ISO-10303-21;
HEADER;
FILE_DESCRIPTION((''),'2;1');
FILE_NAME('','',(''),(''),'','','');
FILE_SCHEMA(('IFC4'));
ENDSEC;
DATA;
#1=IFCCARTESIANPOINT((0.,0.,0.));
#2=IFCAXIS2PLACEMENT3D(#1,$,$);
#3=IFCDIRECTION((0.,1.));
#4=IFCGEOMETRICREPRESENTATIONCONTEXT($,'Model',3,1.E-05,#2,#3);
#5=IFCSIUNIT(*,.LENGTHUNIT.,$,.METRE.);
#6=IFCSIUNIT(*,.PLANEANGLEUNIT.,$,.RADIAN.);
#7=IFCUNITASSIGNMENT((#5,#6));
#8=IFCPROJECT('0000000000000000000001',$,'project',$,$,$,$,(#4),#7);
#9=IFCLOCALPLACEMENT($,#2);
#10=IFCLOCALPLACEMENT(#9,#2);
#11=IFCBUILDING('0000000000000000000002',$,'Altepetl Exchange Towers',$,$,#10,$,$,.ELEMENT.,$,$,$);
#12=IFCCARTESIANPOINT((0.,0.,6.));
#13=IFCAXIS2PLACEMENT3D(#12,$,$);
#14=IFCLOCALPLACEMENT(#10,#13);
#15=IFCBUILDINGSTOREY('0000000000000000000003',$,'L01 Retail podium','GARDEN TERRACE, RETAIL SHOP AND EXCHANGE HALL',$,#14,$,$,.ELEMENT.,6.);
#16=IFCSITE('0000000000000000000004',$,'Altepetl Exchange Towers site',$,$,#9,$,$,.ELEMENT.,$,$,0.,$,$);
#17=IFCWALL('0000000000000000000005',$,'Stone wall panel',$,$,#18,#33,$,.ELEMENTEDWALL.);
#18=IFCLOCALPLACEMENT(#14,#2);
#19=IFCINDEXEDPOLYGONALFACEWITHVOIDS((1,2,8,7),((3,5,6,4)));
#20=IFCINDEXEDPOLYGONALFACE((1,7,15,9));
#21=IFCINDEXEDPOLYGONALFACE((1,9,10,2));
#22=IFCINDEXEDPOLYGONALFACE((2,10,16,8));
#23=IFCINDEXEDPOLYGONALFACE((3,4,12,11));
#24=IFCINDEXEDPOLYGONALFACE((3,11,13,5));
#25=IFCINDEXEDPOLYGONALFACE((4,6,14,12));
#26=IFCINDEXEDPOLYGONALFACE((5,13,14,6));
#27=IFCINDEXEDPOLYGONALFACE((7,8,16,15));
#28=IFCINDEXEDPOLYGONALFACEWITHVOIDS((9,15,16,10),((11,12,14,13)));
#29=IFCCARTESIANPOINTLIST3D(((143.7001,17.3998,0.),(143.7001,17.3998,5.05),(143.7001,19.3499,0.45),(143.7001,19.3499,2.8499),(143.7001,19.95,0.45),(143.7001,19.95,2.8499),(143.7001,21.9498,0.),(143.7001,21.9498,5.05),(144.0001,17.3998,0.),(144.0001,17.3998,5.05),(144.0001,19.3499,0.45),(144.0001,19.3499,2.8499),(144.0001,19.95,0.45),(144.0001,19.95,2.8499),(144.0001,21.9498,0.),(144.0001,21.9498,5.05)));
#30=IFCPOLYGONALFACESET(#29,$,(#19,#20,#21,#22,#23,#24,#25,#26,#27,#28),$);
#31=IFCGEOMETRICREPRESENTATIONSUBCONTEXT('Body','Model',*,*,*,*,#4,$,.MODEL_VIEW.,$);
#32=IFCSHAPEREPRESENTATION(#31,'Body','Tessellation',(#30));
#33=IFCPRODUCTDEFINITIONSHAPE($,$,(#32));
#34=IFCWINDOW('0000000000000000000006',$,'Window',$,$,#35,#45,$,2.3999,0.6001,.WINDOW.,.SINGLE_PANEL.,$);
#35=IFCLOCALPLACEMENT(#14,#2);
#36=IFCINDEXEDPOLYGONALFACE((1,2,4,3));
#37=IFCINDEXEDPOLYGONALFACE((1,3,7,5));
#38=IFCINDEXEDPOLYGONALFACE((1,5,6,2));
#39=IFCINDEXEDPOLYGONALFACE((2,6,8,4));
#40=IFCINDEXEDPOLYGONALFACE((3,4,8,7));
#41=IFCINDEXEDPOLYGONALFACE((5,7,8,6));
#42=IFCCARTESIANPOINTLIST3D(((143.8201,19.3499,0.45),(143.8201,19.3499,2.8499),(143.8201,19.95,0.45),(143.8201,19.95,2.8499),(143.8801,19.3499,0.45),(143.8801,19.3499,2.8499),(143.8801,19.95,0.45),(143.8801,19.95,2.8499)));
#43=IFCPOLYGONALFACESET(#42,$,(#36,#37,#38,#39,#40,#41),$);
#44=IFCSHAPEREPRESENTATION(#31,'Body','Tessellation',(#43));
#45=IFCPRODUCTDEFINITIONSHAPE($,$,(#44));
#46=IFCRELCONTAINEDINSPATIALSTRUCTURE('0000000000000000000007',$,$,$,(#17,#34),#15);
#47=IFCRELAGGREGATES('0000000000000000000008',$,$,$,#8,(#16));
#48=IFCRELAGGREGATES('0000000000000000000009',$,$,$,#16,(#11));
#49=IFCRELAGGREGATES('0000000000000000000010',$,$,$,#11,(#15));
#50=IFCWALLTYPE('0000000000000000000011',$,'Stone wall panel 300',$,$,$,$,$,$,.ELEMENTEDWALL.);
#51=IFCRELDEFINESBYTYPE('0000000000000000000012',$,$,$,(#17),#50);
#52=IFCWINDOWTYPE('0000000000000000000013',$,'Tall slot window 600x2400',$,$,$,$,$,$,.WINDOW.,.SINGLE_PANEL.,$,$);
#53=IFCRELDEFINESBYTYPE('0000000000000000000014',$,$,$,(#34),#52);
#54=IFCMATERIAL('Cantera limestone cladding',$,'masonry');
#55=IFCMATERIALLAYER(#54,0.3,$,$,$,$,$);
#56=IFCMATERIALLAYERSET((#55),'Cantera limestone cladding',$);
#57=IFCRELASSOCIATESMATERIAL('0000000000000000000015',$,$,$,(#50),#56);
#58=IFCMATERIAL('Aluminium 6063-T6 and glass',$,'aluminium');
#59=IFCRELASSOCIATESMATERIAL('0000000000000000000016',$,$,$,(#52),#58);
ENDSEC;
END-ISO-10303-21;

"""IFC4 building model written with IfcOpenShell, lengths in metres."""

from ifc_helpers import new_model, si_unit, direction, frame, frame_2d, origin, place, context, subcontext, project, spatial, rectangle, extrude, material, layer, layer_set, type_object, element, fill, save


model = new_model("IFC4")

# Units and contexts
model_context = context("Model", 3, precision=1e-05, world=origin(), true_north=direction((0.0, 1.0)))
body_context = subcontext(model_context, "Body", "Model", "MODEL_VIEW")
ifc_project = project(units=[si_unit("LENGTHUNIT", "METRE"), si_unit("PLANEANGLEUNIT", "RADIAN")], contexts=[model_context])

# Site, building, storey
site_placement = place(None, origin())
site = spatial("IfcSite", under=ifc_project, at=site_placement, Name="Altepetl Exchange Towers site", CompositionType="ELEMENT", RefElevation=0.0)
building_placement = place(site_placement, origin())
building = spatial("IfcBuilding", under=site, at=building_placement, Name="Altepetl Exchange Towers", CompositionType="ELEMENT")
storey_placement = place(building_placement, frame((0.0, 0.0, 6.0)))
storey = spatial("IfcBuildingStorey", under=building, at=storey_placement, Name="L01 Retail podium", Description="GARDEN TERRACE, RETAIL SHOP AND EXCHANGE HALL", CompositionType="ELEMENT", Elevation=6.0)

# Shared definitions
ifc_material_1 = material(Name="Aluminium 6063-T6 and glass", Category="aluminium")

# Wall, opening, window
ifc_material_2 = material(Name="Cantera limestone cladding", Category="masonry")
ifc_layer_1 = layer(ifc_material_2, 0.3)
ifc_layer_set_1 = layer_set([ifc_layer_1], Name="Cantera limestone cladding")
wall_type_1 = type_object("IfcWallType", Name="Stone wall panel 300", PredefinedType="ELEMENTEDWALL", material=ifc_layer_set_1)
window_type = type_object("IfcWindowType", Name="Tall slot window 600x2400", PartitioningType="SINGLE_PANEL", PredefinedType="WINDOW", material=ifc_material_1)
wall_1_placement = place(storey_placement, frame((143.8501, 17.3999, 0.0), z_axis=(0.0, 0.0, 1.0), x_axis=(0.0, 1.0, 0.0)))
wall_1 = element("IfcWall", 1, at=wall_1_placement, inside=storey, type_object=wall_type_1, Name="Stone wall panel", PredefinedType="ELEMENTEDWALL", context=body_context, shape_type="SweptSolid", body=[
    extrude(rectangle(XDim=4.55, YDim=0.3, at=frame_2d((2.2749, 0.0))), origin(), (0.0, 0.0, 1.0), 5.05),
])
opening_1_placement = place(wall_1_placement, frame((1.95, 0.0, 0.45)))
opening_1 = element("IfcOpeningElement", 2, at=opening_1_placement, cuts=wall_1, PredefinedType="OPENING", context=body_context, shape_type="SweptSolid", body=[
    extrude(rectangle(XDim=0.6001, YDim=2.3999, at=frame_2d((0.3, 1.2))), frame((0.0, 0.1602, 0.0), z_axis=(0.0, -1.0, 0.0), x_axis=(1.0, 0.0, 0.0)), (0.0, 0.0, 1.0), 0.3201),
])
window_1_placement = place(opening_1_placement, origin())
window_1 = element("IfcWindow", 3, at=window_1_placement, inside=storey, type_object=window_type, Name="Window", OverallHeight=2.3999, OverallWidth=0.6001, PartitioningType="SINGLE_PANEL", PredefinedType="WINDOW", context=body_context, shape_type="SweptSolid", body=[
    extrude(rectangle(XDim=0.6001, YDim=2.3999, at=frame_2d((0.3, 1.2))), frame((0.0, 0.03, 0.0), z_axis=(0.0, -1.0, 0.0), x_axis=(1.0, 0.0, 0.0)), (0.0, 0.0, 1.0), 0.0601),
])
fill(opening_1, window_1)

save(model, "model.ifc")
